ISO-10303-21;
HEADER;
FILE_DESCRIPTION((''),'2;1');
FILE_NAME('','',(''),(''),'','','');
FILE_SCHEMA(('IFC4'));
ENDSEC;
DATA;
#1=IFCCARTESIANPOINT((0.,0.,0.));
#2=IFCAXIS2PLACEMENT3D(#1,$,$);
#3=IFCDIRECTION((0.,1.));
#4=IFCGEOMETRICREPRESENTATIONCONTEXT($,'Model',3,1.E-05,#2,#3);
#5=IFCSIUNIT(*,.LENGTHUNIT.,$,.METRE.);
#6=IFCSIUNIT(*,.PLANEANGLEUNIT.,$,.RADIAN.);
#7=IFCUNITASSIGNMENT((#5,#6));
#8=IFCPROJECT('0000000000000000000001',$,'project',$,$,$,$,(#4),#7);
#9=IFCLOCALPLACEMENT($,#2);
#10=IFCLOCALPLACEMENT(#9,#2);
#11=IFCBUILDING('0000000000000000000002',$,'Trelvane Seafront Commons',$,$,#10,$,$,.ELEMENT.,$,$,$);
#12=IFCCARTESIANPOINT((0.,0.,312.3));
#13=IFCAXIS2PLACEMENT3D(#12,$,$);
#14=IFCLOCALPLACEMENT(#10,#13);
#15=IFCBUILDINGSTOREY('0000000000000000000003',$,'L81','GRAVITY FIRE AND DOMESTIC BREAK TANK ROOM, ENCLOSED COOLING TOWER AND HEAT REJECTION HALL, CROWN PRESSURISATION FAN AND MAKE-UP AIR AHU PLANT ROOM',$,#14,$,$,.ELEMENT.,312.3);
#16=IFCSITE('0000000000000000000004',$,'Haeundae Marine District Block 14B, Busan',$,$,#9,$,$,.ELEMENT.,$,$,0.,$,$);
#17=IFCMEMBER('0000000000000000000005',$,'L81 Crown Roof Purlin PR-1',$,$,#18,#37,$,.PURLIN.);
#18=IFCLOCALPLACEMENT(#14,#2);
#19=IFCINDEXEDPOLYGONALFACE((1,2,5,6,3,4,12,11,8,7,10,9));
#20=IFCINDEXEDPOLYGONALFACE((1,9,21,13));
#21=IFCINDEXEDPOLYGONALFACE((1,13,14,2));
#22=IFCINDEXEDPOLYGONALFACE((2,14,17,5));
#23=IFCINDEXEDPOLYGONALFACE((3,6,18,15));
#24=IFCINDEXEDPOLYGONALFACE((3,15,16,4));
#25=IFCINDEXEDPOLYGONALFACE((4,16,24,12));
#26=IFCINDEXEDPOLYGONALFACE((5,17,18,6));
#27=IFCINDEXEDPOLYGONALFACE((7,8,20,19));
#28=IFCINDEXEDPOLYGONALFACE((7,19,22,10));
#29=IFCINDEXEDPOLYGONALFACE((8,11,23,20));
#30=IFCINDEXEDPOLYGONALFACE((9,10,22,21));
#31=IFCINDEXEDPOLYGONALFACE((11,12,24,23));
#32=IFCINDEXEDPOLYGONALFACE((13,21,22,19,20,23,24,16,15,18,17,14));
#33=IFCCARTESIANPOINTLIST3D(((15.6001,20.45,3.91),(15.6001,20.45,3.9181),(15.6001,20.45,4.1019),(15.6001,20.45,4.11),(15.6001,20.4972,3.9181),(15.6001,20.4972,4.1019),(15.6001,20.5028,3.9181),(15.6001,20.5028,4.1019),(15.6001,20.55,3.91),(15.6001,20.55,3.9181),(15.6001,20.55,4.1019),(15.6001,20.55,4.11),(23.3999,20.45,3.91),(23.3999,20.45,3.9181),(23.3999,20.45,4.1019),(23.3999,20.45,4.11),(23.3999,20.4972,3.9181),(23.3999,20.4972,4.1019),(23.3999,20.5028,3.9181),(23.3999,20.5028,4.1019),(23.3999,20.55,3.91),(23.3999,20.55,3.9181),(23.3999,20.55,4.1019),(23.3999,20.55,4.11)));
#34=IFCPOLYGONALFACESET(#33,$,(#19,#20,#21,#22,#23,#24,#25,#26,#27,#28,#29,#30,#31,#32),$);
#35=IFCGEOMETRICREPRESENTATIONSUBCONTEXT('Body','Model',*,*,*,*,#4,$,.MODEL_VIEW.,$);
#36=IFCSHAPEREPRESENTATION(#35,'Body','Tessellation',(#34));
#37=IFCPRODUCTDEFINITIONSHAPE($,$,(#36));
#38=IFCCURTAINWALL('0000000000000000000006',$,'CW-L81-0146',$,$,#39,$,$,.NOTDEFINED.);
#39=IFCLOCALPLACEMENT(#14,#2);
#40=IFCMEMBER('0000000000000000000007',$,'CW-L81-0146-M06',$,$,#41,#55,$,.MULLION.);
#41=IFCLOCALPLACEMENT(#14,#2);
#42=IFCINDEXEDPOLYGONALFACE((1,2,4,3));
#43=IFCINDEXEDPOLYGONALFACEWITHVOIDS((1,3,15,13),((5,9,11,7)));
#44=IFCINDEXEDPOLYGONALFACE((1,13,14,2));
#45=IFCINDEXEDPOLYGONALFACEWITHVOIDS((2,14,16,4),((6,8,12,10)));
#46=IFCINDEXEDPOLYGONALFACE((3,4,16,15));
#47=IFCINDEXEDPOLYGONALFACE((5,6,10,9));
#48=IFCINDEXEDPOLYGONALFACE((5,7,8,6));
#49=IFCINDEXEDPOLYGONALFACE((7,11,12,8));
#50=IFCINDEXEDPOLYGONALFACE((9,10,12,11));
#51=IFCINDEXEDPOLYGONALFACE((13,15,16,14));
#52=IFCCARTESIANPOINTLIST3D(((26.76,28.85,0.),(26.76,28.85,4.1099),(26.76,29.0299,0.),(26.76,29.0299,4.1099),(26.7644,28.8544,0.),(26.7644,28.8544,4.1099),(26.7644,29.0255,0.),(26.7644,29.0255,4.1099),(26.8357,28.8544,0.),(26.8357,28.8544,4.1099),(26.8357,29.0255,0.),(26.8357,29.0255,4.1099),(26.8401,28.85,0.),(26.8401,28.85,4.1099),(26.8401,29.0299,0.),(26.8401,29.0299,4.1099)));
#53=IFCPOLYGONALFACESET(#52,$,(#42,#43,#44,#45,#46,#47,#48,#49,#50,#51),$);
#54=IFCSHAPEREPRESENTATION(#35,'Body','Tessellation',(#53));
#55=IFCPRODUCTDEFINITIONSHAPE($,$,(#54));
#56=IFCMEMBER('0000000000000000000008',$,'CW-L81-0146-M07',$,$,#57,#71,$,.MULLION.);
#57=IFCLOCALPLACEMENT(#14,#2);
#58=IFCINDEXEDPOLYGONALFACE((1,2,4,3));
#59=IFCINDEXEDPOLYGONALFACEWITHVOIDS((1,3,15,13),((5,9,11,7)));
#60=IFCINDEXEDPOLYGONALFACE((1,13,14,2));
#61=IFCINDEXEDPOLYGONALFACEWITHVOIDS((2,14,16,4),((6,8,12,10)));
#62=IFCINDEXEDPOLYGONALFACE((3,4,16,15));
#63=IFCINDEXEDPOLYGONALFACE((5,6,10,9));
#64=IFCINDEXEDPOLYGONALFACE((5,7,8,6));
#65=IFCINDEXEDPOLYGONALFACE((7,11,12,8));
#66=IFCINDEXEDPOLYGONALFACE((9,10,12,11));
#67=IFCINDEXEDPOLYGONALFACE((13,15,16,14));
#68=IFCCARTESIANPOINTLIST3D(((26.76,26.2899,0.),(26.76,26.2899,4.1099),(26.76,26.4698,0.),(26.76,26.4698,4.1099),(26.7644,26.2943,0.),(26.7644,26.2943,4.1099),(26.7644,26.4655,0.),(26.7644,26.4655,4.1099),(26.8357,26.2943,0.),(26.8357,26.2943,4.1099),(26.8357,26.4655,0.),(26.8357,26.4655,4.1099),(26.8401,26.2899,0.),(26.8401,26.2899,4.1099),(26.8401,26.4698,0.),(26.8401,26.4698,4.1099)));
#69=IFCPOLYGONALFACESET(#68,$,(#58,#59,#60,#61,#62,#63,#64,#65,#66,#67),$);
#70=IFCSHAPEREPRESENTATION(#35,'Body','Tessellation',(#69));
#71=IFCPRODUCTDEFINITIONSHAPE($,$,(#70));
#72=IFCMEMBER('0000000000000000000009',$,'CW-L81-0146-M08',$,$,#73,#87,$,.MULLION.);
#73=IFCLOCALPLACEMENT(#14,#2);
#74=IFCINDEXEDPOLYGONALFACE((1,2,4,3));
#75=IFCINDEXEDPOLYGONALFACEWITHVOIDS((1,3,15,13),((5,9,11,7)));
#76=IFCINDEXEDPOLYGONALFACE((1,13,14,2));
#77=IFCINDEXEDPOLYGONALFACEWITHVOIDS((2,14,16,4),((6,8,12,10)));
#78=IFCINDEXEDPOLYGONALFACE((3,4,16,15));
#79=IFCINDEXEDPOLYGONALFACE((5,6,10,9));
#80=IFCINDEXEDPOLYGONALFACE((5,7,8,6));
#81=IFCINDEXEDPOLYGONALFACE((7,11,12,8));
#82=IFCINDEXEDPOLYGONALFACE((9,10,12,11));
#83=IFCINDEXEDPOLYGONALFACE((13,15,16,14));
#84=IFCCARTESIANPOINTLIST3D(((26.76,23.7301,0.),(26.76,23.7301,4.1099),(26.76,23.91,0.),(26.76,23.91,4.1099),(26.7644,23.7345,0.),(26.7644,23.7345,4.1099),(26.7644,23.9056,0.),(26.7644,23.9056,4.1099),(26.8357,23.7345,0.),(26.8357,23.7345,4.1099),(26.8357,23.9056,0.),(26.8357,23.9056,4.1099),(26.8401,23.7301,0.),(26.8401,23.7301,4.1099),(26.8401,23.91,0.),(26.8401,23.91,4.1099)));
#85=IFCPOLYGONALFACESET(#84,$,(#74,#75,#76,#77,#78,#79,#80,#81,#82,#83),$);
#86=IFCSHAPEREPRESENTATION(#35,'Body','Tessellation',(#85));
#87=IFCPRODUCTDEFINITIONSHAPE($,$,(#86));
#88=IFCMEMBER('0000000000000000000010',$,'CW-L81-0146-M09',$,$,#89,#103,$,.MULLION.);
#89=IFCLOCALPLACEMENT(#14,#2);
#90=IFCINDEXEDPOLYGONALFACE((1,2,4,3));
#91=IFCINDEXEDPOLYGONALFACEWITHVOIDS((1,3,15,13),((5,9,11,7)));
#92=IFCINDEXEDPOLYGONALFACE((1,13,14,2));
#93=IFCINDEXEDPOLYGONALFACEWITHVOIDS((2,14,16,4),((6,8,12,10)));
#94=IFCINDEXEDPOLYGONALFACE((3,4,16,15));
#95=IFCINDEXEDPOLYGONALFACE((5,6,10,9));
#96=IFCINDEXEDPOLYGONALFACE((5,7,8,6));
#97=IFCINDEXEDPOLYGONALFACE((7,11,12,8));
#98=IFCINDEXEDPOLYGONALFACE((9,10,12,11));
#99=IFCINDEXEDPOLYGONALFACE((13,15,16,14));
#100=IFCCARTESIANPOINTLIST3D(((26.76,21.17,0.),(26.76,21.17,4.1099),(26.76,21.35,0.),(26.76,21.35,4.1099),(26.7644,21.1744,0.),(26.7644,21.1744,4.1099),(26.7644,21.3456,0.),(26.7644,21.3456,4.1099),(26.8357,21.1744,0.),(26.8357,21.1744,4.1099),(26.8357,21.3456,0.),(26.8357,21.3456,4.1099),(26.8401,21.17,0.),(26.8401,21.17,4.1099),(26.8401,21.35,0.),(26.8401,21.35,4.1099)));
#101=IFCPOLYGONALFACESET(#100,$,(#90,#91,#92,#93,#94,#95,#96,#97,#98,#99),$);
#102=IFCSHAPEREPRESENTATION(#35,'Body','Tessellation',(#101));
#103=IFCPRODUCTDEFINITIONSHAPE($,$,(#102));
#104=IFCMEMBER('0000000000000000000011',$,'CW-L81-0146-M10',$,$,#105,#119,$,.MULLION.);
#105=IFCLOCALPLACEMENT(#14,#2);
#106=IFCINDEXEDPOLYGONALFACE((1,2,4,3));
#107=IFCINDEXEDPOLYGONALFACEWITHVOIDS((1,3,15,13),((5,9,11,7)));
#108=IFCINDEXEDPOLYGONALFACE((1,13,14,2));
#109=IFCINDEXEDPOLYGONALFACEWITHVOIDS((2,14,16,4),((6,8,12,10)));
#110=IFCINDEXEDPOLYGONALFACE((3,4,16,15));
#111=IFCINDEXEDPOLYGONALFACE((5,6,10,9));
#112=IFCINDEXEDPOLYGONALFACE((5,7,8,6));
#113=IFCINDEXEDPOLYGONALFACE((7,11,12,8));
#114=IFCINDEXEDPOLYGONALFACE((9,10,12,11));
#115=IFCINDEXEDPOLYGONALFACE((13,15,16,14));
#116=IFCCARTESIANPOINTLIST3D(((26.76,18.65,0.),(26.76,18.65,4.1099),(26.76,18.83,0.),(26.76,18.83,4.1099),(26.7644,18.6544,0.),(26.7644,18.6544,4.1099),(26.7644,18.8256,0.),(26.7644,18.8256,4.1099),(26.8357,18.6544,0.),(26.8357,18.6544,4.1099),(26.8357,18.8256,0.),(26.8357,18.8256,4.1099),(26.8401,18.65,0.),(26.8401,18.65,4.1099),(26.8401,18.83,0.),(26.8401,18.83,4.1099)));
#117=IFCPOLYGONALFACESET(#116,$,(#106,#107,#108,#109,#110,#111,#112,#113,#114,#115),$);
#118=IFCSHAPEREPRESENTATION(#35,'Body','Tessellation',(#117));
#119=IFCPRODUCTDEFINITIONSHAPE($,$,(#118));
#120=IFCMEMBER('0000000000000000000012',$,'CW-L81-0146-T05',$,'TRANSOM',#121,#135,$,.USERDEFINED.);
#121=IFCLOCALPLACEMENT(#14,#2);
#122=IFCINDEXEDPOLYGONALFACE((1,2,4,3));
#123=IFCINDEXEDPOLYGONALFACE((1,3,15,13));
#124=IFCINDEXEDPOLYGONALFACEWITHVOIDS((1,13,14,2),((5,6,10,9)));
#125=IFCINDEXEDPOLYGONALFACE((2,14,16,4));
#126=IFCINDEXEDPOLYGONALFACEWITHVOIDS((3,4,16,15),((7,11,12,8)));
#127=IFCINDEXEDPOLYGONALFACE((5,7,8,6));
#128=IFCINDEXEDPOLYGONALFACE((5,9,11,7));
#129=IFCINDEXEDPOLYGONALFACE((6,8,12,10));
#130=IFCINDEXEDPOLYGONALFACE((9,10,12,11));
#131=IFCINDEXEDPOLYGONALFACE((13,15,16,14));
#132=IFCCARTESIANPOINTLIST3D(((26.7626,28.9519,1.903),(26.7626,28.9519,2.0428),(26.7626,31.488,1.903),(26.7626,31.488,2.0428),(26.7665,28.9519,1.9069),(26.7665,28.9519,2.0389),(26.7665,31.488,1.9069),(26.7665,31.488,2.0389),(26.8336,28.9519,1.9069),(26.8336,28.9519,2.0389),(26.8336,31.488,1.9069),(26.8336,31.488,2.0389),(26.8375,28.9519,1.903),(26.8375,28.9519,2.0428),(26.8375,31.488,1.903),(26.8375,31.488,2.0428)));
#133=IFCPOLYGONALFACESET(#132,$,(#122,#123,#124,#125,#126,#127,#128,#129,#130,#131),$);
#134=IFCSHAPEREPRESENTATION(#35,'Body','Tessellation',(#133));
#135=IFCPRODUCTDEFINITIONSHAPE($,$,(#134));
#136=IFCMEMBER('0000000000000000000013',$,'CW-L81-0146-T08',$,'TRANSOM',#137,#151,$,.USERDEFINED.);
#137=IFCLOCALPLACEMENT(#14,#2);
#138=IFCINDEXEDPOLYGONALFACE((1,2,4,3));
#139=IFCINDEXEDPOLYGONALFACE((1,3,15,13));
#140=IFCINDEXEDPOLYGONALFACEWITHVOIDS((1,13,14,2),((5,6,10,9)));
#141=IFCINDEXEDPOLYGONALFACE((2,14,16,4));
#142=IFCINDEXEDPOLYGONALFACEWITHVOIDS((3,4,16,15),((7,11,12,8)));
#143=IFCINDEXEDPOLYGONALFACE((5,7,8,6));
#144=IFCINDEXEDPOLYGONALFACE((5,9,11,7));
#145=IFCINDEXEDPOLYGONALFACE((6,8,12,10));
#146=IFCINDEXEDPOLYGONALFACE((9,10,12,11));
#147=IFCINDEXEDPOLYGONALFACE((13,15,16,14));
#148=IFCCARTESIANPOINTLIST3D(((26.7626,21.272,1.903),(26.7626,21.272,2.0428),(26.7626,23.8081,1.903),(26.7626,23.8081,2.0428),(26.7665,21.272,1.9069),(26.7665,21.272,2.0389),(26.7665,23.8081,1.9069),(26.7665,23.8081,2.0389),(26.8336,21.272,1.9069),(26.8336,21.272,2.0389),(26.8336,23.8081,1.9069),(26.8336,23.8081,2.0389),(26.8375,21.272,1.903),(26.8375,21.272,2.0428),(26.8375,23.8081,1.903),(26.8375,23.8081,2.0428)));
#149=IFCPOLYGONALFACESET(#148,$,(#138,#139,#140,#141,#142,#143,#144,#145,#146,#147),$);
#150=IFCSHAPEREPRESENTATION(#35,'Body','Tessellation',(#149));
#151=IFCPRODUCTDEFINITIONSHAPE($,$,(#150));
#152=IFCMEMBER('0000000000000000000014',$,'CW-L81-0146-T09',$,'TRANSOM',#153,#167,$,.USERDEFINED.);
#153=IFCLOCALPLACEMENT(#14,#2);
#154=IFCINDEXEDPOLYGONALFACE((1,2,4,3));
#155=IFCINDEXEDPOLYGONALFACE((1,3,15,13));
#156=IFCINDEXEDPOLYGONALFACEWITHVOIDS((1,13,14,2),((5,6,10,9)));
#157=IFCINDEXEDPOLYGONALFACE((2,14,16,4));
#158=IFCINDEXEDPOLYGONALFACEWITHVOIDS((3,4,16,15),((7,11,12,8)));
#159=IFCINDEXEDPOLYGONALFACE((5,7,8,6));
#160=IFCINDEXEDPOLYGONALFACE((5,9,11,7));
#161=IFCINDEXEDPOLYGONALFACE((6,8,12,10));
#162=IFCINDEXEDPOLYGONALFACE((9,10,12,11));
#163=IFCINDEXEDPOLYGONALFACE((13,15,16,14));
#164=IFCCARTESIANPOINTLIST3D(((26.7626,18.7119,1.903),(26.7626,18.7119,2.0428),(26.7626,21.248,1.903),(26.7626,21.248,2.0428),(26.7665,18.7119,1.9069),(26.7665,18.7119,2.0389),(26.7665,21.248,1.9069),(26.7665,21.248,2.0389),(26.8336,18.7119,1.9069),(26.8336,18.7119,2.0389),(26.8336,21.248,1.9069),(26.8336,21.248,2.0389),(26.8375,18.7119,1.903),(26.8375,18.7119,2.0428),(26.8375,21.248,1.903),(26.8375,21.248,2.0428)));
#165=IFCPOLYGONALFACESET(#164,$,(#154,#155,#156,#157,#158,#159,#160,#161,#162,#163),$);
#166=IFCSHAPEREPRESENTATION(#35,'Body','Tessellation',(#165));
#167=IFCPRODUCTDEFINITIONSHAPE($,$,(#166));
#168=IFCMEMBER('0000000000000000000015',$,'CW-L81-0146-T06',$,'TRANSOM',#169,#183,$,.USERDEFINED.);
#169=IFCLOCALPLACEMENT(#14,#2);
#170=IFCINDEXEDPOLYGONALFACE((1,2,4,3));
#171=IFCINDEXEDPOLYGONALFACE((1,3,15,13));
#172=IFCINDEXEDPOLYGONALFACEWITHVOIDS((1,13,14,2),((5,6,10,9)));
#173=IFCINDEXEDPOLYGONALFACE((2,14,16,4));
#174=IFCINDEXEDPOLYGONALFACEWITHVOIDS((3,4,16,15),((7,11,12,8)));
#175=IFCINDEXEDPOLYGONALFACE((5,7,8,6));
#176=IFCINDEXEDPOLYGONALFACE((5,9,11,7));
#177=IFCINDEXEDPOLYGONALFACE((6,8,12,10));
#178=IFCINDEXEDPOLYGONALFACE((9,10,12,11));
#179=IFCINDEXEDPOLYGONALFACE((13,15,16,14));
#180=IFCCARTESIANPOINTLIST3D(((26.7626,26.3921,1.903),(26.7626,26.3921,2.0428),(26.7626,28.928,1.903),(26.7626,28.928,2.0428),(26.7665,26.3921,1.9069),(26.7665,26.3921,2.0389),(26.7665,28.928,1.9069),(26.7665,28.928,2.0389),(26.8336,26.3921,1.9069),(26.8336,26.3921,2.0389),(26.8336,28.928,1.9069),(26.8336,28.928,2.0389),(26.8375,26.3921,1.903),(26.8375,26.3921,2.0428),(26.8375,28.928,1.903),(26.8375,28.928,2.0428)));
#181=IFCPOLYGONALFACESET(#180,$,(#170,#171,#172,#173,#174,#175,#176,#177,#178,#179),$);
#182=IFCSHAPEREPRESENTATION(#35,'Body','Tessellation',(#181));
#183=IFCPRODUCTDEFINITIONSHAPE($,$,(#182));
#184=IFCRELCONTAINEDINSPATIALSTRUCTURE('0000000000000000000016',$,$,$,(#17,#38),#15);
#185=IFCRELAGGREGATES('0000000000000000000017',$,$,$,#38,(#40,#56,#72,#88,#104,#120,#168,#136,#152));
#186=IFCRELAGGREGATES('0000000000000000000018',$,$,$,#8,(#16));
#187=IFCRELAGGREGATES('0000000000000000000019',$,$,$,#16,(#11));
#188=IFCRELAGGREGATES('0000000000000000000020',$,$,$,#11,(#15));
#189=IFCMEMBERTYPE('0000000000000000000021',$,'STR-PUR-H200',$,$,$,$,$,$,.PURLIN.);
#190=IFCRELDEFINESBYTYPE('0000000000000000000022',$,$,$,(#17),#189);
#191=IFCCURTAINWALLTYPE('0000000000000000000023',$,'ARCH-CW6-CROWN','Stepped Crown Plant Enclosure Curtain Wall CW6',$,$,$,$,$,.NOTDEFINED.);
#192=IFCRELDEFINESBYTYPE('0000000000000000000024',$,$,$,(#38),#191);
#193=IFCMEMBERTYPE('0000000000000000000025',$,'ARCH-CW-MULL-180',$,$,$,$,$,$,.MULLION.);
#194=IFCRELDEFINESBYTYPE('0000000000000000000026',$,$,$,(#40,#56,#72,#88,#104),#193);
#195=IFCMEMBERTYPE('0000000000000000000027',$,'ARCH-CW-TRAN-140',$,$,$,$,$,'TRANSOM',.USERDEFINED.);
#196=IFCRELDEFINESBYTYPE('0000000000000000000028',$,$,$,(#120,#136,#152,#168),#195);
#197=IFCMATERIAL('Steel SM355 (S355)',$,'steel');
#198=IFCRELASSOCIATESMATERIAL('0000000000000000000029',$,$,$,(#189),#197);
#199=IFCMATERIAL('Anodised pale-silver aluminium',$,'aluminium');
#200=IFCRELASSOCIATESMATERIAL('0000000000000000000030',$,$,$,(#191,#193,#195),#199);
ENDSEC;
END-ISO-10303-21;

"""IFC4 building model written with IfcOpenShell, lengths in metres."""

from ifc_helpers import new_model, si_unit, direction, frame, origin, origin_2d, place, context, subcontext, project, spatial, hollow_rectangle, i_section, extrude, source, transform, mapped, material, material_profile, profile_set, type_object, element, aggregate, save


model = new_model("IFC4")

# Units and contexts
model_context = context("Model", 3, precision=1e-05, world=origin(), true_north=direction((0.0, 1.0)))
body_context = subcontext(model_context, "Body", "Model", "MODEL_VIEW")
ifc_project = project(units=[si_unit("LENGTHUNIT", "METRE"), si_unit("PLANEANGLEUNIT", "RADIAN")], contexts=[model_context])

# Site, building, storey
site_placement = place(None, origin())
site = spatial("IfcSite", under=ifc_project, at=site_placement, Name="Haeundae Marine District Block 14B, Busan", CompositionType="ELEMENT", RefElevation=0.0)
building_placement = place(site_placement, origin())
building = spatial("IfcBuilding", under=site, at=building_placement, Name="Trelvane Seafront Commons", CompositionType="ELEMENT")
storey_placement = place(building_placement, frame((0.0, 0.0, 312.3)))
storey = spatial("IfcBuildingStorey", under=building, at=storey_placement, Name="L81", Description="GRAVITY FIRE AND DOMESTIC BREAK TANK ROOM, ENCLOSED COOLING TOWER AND HEAT REJECTION HALL, CROWN PRESSURISATION FAN AND MAKE-UP AIR AHU PLANT ROOM", CompositionType="ELEMENT", Elevation=312.3)

# Member
ifc_material_1 = material(Name="Steel SM355 (S355)", Category="steel")
ifc_material_profile_1 = material_profile(ifc_material_1, i_section(OverallWidth=0.1001, OverallDepth=0.2, WebThickness=0.0056, FlangeThickness=0.0081, at=origin_2d()), Name="H-200x100x5.5x8")
ifc_profile_set_1 = profile_set([ifc_material_profile_1], Name="Steel SM355 (S355)")
member_type_1 = type_object("IfcMemberType", Name="STR-PUR-H200", PredefinedType="PURLIN", material=ifc_profile_set_1)
shared_shape_1 = source(origin(), body_context, "Body", "SweptSolid", [
    extrude(i_section(OverallWidth=0.1001, OverallDepth=0.2, WebThickness=0.0056, FlangeThickness=0.0081, at=origin_2d()), origin(), (0.0, 0.0, 1.0), 7.7998),
])
member_1_placement = place(storey_placement, frame((15.6001, 20.5, 4.01), z_axis=(1.0, 0.0, 0.0), x_axis=(0.0, 1.0, 0.0)))
element("IfcMember", 1, at=member_1_placement, inside=storey, type_object=member_type_1, Name="L81 Crown Roof Purlin PR-1", PredefinedType="PURLIN", context=body_context, shape_type="MappedRepresentation", body=[
    mapped(shared_shape_1, transform((0.0, 0.0, 0.0), x_axis=(1.0, 0.0, 0.0), y_axis=(0.0, 1.0, 0.0), z_axis=(0.0, 0.0, 1.0), scale=1.0)),
])

# Curtain wall, members
ifc_material_2 = material(Name="Anodised pale-silver aluminium", Category="aluminium")
curtain_wall_type = type_object("IfcCurtainWallType", Name="ARCH-CW6-CROWN", Description="Stepped Crown Plant Enclosure Curtain Wall CW6", PredefinedType="NOTDEFINED", material=ifc_material_2)
curtain_wall_placement = place(storey_placement, origin())
curtain_wall = element("IfcCurtainWall", 2, at=curtain_wall_placement, inside=storey, type_object=curtain_wall_type, Name="CW-L81-0146", PredefinedType="NOTDEFINED")
ifc_material_profile_2 = material_profile(ifc_material_2, hollow_rectangle(XDim=0.0801, YDim=0.1799, WallThickness=0.0044, at=origin_2d()), Name="MULL-80x180x4.5")
ifc_profile_set_2 = profile_set([ifc_material_profile_2], Name="Anodised pale-silver aluminium")
member_type_2 = type_object("IfcMemberType", Name="ARCH-CW-MULL-180", PredefinedType="MULLION", material=ifc_profile_set_2)
shared_shape_2 = source(origin(), body_context, "Body", "SweptSolid", [
    extrude(hollow_rectangle(XDim=0.0801, YDim=0.1799, WallThickness=0.0044, at=origin_2d()), origin(), (0.0, 0.0, 1.0), 4.1099),
])
member_2_placement = place(storey_placement, frame((26.8, 28.9399, 0.0), z_axis=(0.0, 0.0, 1.0), x_axis=(1.0, 0.0, 0.0)))
member_2 = element("IfcMember", 3, at=member_2_placement, type_object=member_type_2, Name="CW-L81-0146-M06", PredefinedType="MULLION", context=body_context, shape_type="MappedRepresentation", body=[
    mapped(shared_shape_2, transform((0.0, 0.0, 0.0), x_axis=(1.0, 0.0, 0.0), y_axis=(0.0, 1.0, 0.0), z_axis=(0.0, 0.0, 1.0), scale=1.0)),
])
member_3_placement = place(storey_placement, frame((26.8, 26.3799, 0.0), z_axis=(0.0, 0.0, 1.0), x_axis=(1.0, 0.0, 0.0)))
member_3 = element("IfcMember", 4, at=member_3_placement, type_object=member_type_2, Name="CW-L81-0146-M07", PredefinedType="MULLION", context=body_context, shape_type="MappedRepresentation", body=[
    mapped(shared_shape_2, transform((0.0, 0.0, 0.0), x_axis=(1.0, 0.0, 0.0), y_axis=(0.0, 1.0, 0.0), z_axis=(0.0, 0.0, 1.0), scale=1.0)),
])
member_4_placement = place(storey_placement, frame((26.8, 23.8201, 0.0), z_axis=(0.0, 0.0, 1.0), x_axis=(1.0, 0.0, 0.0)))
member_4 = element("IfcMember", 5, at=member_4_placement, type_object=member_type_2, Name="CW-L81-0146-M08", PredefinedType="MULLION", context=body_context, shape_type="MappedRepresentation", body=[
    mapped(shared_shape_2, transform((0.0, 0.0, 0.0), x_axis=(1.0, 0.0, 0.0), y_axis=(0.0, 1.0, 0.0), z_axis=(0.0, 0.0, 1.0), scale=1.0)),
])
member_5_placement = place(storey_placement, frame((26.8, 21.26, 0.0), z_axis=(0.0, 0.0, 1.0), x_axis=(1.0, 0.0, 0.0)))
member_5 = element("IfcMember", 6, at=member_5_placement, type_object=member_type_2, Name="CW-L81-0146-M09", PredefinedType="MULLION", context=body_context, shape_type="MappedRepresentation", body=[
    mapped(shared_shape_2, transform((0.0, 0.0, 0.0), x_axis=(1.0, 0.0, 0.0), y_axis=(0.0, 1.0, 0.0), z_axis=(0.0, 0.0, 1.0), scale=1.0)),
])
member_6_placement = place(storey_placement, frame((26.8, 18.74, 0.0), z_axis=(0.0, 0.0, 1.0), x_axis=(1.0, 0.0, 0.0)))
member_6 = element("IfcMember", 7, at=member_6_placement, type_object=member_type_2, Name="CW-L81-0146-M10", PredefinedType="MULLION", context=body_context, shape_type="MappedRepresentation", body=[
    mapped(shared_shape_2, transform((0.0, 0.0, 0.0), x_axis=(1.0, 0.0, 0.0), y_axis=(0.0, 1.0, 0.0), z_axis=(0.0, 0.0, 1.0), scale=1.0)),
])
ifc_material_profile_3 = material_profile(ifc_material_2, hollow_rectangle(XDim=0.075, YDim=0.1399, WallThickness=0.0039, at=origin_2d()), Name="TRAN-75x140x4")
ifc_profile_set_3 = profile_set([ifc_material_profile_3], Name="Anodised pale-silver aluminium")
member_type_3 = type_object("IfcMemberType", Name="ARCH-CW-TRAN-140", ElementType="TRANSOM", PredefinedType="USERDEFINED", material=ifc_profile_set_3)
shared_shape_3 = source(origin(), body_context, "Body", "SweptSolid", [
    extrude(hollow_rectangle(XDim=0.075, YDim=0.1399, WallThickness=0.0039, at=origin_2d()), origin(), (0.0, 0.0, 1.0), 2.5361),
])
member_7_placement = place(storey_placement, frame((26.8, 31.488, 1.9729), z_axis=(0.0, -1.0, 0.0), x_axis=(1.0, 0.0, 0.0)))
member_7 = element("IfcMember", 8, at=member_7_placement, type_object=member_type_3, Name="CW-L81-0146-T05", ObjectType="TRANSOM", PredefinedType="USERDEFINED", context=body_context, shape_type="MappedRepresentation", body=[
    mapped(shared_shape_3, transform((0.0, 0.0, 0.0), x_axis=(1.0, 0.0, 0.0), y_axis=(0.0, 1.0, 0.0), z_axis=(0.0, 0.0, 1.0), scale=1.0)),
])
member_8_placement = place(storey_placement, frame((26.8, 23.8081, 1.9729), z_axis=(0.0, -1.0, 0.0), x_axis=(1.0, 0.0, 0.0)))
member_8 = element("IfcMember", 9, at=member_8_placement, type_object=member_type_3, Name="CW-L81-0146-T08", ObjectType="TRANSOM", PredefinedType="USERDEFINED", context=body_context, shape_type="MappedRepresentation", body=[
    mapped(shared_shape_3, transform((0.0, 0.0, 0.0), x_axis=(1.0, 0.0, 0.0), y_axis=(0.0, 1.0, 0.0), z_axis=(0.0, 0.0, 1.0), scale=1.0)),
])
member_9_placement = place(storey_placement, frame((26.8, 21.248, 1.9729), z_axis=(0.0, -1.0, 0.0), x_axis=(1.0, 0.0, 0.0)))
member_9 = element("IfcMember", 10, at=member_9_placement, type_object=member_type_3, Name="CW-L81-0146-T09", ObjectType="TRANSOM", PredefinedType="USERDEFINED", context=body_context, shape_type="MappedRepresentation", body=[
    mapped(shared_shape_3, transform((0.0, 0.0, 0.0), x_axis=(1.0, 0.0, 0.0), y_axis=(0.0, 1.0, 0.0), z_axis=(0.0, 0.0, 1.0), scale=1.0)),
])
shared_shape_4 = source(origin(), body_context, "Body", "SweptSolid", [
    extrude(hollow_rectangle(XDim=0.075, YDim=0.1399, WallThickness=0.0039, at=origin_2d()), origin(), (0.0, 0.0, 1.0), 2.5359),
])
member_10_placement = place(storey_placement, frame((26.8, 28.928, 1.9729), z_axis=(0.0, -1.0, 0.0), x_axis=(1.0, 0.0, 0.0)))
member_10 = element("IfcMember", 11, at=member_10_placement, type_object=member_type_3, Name="CW-L81-0146-T06", ObjectType="TRANSOM", PredefinedType="USERDEFINED", context=body_context, shape_type="MappedRepresentation", body=[
    mapped(shared_shape_4, transform((0.0, 0.0, 0.0), x_axis=(1.0, 0.0, 0.0), y_axis=(0.0, 1.0, 0.0), z_axis=(0.0, 0.0, 1.0), scale=1.0)),
])
aggregate(curtain_wall, [member_2, member_3, member_4, member_5, member_6, member_7, member_10, member_8, member_9])

save(model, "model.ifc")
